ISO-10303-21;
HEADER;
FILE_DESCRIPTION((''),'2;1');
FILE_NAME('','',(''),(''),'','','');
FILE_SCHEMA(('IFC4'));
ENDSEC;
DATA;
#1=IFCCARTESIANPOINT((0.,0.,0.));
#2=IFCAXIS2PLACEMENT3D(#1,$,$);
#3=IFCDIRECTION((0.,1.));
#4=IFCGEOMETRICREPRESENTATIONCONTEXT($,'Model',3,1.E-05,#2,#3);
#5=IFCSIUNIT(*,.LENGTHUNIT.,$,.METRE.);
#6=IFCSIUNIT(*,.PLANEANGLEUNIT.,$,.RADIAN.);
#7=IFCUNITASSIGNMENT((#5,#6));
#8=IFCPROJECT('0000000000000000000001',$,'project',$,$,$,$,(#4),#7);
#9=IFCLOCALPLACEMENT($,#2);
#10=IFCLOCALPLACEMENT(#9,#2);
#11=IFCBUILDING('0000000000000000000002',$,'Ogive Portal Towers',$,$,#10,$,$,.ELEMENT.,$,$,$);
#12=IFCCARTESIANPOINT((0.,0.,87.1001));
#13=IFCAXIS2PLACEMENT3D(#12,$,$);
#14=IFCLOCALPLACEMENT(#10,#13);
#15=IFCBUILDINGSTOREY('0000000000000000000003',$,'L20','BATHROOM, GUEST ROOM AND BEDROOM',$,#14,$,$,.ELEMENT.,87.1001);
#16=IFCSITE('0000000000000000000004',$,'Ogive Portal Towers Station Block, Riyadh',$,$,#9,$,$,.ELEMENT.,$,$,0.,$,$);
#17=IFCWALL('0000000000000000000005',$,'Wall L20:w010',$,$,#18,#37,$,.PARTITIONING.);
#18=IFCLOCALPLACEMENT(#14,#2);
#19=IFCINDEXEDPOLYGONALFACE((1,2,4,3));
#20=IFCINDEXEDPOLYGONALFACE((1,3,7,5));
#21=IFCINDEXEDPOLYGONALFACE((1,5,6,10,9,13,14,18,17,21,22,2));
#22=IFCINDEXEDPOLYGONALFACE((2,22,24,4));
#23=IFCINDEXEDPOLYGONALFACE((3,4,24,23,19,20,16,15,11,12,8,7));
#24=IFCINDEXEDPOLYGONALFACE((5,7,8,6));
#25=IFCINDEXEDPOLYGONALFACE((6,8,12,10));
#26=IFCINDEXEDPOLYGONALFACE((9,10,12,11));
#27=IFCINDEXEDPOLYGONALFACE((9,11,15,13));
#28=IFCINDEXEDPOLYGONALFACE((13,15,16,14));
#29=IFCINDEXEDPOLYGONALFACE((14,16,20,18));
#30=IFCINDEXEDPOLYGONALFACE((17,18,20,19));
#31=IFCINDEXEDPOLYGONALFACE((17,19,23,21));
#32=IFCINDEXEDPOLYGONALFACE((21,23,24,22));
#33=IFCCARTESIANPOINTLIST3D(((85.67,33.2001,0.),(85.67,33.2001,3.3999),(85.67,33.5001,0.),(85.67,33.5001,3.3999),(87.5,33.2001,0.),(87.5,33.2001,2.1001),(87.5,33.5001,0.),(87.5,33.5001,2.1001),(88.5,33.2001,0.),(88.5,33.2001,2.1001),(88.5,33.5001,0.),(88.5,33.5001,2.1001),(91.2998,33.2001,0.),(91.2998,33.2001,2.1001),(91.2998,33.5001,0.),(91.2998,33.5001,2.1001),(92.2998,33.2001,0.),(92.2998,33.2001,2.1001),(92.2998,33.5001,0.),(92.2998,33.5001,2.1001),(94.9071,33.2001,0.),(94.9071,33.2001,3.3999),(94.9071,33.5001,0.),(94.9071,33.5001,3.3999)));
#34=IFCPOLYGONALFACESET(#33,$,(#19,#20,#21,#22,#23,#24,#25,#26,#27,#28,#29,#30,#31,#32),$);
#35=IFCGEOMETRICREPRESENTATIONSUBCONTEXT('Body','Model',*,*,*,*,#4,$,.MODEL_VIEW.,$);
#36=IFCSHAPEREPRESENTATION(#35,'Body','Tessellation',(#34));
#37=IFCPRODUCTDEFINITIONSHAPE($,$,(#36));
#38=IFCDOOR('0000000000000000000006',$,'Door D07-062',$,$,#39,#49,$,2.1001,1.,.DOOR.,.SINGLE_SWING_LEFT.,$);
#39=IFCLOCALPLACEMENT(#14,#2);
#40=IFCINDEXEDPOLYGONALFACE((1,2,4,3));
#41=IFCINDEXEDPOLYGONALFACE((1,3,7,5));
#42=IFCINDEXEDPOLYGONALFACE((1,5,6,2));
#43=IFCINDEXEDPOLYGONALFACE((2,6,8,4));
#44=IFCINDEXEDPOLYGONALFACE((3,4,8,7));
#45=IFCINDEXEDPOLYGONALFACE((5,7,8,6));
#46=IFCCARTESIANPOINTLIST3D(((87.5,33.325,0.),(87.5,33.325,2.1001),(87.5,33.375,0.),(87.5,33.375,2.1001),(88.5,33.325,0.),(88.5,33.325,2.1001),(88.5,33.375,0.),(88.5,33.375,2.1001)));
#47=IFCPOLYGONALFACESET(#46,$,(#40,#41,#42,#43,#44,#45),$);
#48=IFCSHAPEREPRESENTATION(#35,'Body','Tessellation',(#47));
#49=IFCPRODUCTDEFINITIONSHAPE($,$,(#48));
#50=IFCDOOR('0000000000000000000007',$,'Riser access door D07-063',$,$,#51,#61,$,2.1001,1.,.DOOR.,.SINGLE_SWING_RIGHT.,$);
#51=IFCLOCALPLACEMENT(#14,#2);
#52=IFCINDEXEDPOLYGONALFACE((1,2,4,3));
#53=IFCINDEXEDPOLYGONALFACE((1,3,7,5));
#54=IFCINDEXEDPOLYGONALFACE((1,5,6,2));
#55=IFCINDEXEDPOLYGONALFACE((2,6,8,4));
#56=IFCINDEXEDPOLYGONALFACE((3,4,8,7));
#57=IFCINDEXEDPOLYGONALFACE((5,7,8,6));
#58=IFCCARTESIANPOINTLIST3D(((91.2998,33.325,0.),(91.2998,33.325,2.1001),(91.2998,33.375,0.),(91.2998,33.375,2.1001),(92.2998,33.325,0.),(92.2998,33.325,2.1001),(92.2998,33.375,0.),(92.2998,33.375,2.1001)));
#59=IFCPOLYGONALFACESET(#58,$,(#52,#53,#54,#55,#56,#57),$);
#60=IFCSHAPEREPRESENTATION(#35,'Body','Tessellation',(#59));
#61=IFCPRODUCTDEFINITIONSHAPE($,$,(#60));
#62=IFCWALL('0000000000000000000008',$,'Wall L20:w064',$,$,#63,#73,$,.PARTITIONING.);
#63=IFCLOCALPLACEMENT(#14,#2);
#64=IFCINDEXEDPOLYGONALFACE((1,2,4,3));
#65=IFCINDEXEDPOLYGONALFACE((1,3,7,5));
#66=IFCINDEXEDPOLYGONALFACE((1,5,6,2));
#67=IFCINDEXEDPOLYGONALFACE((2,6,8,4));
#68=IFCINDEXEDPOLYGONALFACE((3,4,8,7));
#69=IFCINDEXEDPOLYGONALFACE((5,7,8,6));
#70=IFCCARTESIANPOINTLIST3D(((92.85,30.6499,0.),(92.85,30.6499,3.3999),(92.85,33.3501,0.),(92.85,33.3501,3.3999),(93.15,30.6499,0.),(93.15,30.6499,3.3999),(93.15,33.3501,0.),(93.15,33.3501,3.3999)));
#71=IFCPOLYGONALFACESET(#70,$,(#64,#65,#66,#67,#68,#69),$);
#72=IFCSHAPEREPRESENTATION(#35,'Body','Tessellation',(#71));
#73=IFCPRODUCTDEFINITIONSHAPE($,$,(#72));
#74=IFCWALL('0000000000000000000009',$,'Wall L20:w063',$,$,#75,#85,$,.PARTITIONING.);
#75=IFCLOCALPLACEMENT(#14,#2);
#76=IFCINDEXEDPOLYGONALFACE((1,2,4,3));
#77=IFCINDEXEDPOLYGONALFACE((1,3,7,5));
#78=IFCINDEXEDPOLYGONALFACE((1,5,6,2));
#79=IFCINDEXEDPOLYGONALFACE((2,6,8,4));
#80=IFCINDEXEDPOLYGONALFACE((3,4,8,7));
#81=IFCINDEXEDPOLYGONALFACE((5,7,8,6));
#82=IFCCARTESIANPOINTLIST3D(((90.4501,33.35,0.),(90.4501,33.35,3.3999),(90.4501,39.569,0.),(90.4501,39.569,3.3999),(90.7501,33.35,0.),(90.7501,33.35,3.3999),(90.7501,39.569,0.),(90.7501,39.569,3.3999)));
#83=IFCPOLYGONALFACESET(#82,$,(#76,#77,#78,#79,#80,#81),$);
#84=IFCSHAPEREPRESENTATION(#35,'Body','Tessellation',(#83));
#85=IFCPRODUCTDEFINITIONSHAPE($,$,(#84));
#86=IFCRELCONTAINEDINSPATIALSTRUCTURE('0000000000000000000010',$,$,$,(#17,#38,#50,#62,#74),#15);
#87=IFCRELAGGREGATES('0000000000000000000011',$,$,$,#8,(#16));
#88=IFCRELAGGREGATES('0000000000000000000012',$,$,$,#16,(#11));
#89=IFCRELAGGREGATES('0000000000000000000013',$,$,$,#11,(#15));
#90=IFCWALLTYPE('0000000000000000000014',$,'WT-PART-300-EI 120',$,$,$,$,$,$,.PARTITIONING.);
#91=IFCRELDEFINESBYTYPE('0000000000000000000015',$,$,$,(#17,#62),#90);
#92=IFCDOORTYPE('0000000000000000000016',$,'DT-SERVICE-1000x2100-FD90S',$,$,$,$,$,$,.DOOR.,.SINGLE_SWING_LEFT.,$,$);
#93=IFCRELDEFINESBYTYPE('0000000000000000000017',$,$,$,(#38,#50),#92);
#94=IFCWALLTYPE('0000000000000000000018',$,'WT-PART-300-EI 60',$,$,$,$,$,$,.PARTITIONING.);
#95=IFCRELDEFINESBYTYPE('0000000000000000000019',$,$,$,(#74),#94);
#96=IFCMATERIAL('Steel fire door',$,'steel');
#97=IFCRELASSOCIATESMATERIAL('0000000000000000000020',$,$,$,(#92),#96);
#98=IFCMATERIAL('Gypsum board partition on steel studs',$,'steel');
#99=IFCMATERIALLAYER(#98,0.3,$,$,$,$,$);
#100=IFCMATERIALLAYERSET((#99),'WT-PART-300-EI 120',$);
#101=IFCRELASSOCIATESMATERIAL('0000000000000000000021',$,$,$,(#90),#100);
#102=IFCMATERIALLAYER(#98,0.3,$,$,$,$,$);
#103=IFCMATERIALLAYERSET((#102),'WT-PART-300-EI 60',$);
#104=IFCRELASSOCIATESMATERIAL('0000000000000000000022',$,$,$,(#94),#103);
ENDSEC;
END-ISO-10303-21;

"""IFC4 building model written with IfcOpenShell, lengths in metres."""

from ifc_helpers import new_model, si_unit, direction, frame, frame_2d, origin, place, context, subcontext, project, spatial, rectangle, extrude, material, layer, layer_set, type_object, element, fill, save


model = new_model("IFC4")

# Units and contexts
model_context = context("Model", 3, precision=1e-05, world=origin(), true_north=direction((0.0, 1.0)))
body_context = subcontext(model_context, "Body", "Model", "MODEL_VIEW")
ifc_project = project(units=[si_unit("LENGTHUNIT", "METRE"), si_unit("PLANEANGLEUNIT", "RADIAN")], contexts=[model_context])

# Site, building, storey
site_placement = place(None, origin())
site = spatial("IfcSite", under=ifc_project, at=site_placement, Name="Ogive Portal Towers Station Block, Riyadh", CompositionType="ELEMENT", RefElevation=0.0)
building_placement = place(site_placement, origin())
building = spatial("IfcBuilding", under=site, at=building_placement, Name="Ogive Portal Towers", CompositionType="ELEMENT")
storey_placement = place(building_placement, frame((0.0, 0.0, 87.1001)))
storey = spatial("IfcBuildingStorey", under=building, at=storey_placement, Name="L20", Description="BATHROOM, GUEST ROOM AND BEDROOM", CompositionType="ELEMENT", Elevation=87.1001)

# Wall, openings, doors
ifc_material_1 = material(Name="Steel fire door", Category="steel")
door_type_1 = type_object("IfcDoorType", Name="DT-SERVICE-1000x2100-FD90S", OperationType="SINGLE_SWING_LEFT", PredefinedType="DOOR", material=ifc_material_1)
ifc_material_2 = material(Name="Gypsum board partition on steel studs", Category="steel")
ifc_layer_1 = layer(ifc_material_2, 0.3)
ifc_layer_set_1 = layer_set([ifc_layer_1], Name="WT-PART-300-EI 120")
wall_type_1 = type_object("IfcWallType", Name="WT-PART-300-EI 120", PredefinedType="PARTITIONING", material=ifc_layer_set_1)
wall_1_placement = place(storey_placement, frame((85.6699, 33.3501, 0.0), z_axis=(0.0, 0.0, 1.0), x_axis=(1.0, 0.0, 0.0)))
wall_1 = element("IfcWall", 1, at=wall_1_placement, inside=storey, type_object=wall_type_1, Name="Wall L20:w010", PredefinedType="PARTITIONING", context=body_context, shape_type="SweptSolid", body=[
    extrude(rectangle(XDim=9.2371, YDim=0.3, at=frame_2d((4.6187, 0.0))), origin(), (0.0, 0.0, 1.0), 3.3999),
])
opening_1_placement = place(wall_1_placement, frame((1.8301, 0.0, 0.0)))
opening_1 = element("IfcOpeningElement", 2, at=opening_1_placement, cuts=wall_1, PredefinedType="OPENING", context=body_context, shape_type="SweptSolid", body=[
    extrude(rectangle(XDim=1.0, YDim=2.1001, at=frame_2d((0.5, 1.05))), frame((0.0, 0.1602, 0.0), z_axis=(0.0, -1.0, 0.0), x_axis=(1.0, 0.0, 0.0)), (0.0, 0.0, 1.0), 0.3201),
])
opening_2_placement = place(wall_1_placement, frame((5.6299, 0.0, 0.0)))
opening_2 = element("IfcOpeningElement", 3, at=opening_2_placement, cuts=wall_1, PredefinedType="OPENING", context=body_context, shape_type="SweptSolid", body=[
    extrude(rectangle(XDim=1.0, YDim=2.1001, at=frame_2d((0.5, 1.05))), frame((0.0, 0.1602, 0.0), z_axis=(0.0, -1.0, 0.0), x_axis=(1.0, 0.0, 0.0)), (0.0, 0.0, 1.0), 0.3201),
])
door_1_placement = place(opening_1_placement, origin())
door_1 = element("IfcDoor", 4, at=door_1_placement, inside=storey, type_object=door_type_1, Name="Door D07-062", OperationType="SINGLE_SWING_LEFT", OverallHeight=2.1001, OverallWidth=1.0, PredefinedType="DOOR", context=body_context, shape_type="SweptSolid", body=[
    extrude(rectangle(XDim=1.0, YDim=2.1001, at=frame_2d((0.5, 1.05))), frame((0.0, 0.0249, 0.0), z_axis=(0.0, -1.0, 0.0), x_axis=(1.0, 0.0, 0.0)), (0.0, 0.0, 1.0), 0.05),
])
fill(opening_1, door_1)
door_2_placement = place(opening_2_placement, origin())
door_2 = element("IfcDoor", 5, at=door_2_placement, inside=storey, type_object=door_type_1, Name="Riser access door D07-063", OperationType="SINGLE_SWING_RIGHT", OverallHeight=2.1001, OverallWidth=1.0, PredefinedType="DOOR", context=body_context, shape_type="SweptSolid", body=[
    extrude(rectangle(XDim=1.0, YDim=2.1001, at=frame_2d((0.5, 1.05))), frame((0.0, 0.0249, 0.0), z_axis=(0.0, -1.0, 0.0), x_axis=(1.0, 0.0, 0.0)), (0.0, 0.0, 1.0), 0.05),
])
fill(opening_2, door_2)

# Walls
wall_2_placement = place(storey_placement, frame((93.0, 30.6499, 0.0), z_axis=(0.0, 0.0, 1.0), x_axis=(0.0, 1.0, 0.0)))
element("IfcWall", 6, at=wall_2_placement, inside=storey, type_object=wall_type_1, Name="Wall L20:w064", PredefinedType="PARTITIONING", context=body_context, shape_type="SweptSolid", body=[
    extrude(rectangle(XDim=2.7002, YDim=0.3, at=frame_2d((1.3501, 0.0))), origin(), (0.0, 0.0, 1.0), 3.3999),
])
ifc_layer_2 = layer(ifc_material_2, 0.3)
ifc_layer_set_2 = layer_set([ifc_layer_2], Name="WT-PART-300-EI 60")
wall_type_2 = type_object("IfcWallType", Name="WT-PART-300-EI 60", PredefinedType="PARTITIONING", material=ifc_layer_set_2)
wall_3_placement = place(storey_placement, frame((90.6001, 33.3501, 0.0), z_axis=(0.0, 0.0, 1.0), x_axis=(0.0, 1.0, 0.0)))
element("IfcWall", 7, at=wall_3_placement, inside=storey, type_object=wall_type_2, Name="Wall L20:w063", PredefinedType="PARTITIONING", context=body_context, shape_type="SweptSolid", body=[
    extrude(rectangle(XDim=6.219, YDim=0.3, at=frame_2d((3.1094, 0.0))), origin(), (0.0, 0.0, 1.0), 3.3999),
])

save(model, "model.ifc")
